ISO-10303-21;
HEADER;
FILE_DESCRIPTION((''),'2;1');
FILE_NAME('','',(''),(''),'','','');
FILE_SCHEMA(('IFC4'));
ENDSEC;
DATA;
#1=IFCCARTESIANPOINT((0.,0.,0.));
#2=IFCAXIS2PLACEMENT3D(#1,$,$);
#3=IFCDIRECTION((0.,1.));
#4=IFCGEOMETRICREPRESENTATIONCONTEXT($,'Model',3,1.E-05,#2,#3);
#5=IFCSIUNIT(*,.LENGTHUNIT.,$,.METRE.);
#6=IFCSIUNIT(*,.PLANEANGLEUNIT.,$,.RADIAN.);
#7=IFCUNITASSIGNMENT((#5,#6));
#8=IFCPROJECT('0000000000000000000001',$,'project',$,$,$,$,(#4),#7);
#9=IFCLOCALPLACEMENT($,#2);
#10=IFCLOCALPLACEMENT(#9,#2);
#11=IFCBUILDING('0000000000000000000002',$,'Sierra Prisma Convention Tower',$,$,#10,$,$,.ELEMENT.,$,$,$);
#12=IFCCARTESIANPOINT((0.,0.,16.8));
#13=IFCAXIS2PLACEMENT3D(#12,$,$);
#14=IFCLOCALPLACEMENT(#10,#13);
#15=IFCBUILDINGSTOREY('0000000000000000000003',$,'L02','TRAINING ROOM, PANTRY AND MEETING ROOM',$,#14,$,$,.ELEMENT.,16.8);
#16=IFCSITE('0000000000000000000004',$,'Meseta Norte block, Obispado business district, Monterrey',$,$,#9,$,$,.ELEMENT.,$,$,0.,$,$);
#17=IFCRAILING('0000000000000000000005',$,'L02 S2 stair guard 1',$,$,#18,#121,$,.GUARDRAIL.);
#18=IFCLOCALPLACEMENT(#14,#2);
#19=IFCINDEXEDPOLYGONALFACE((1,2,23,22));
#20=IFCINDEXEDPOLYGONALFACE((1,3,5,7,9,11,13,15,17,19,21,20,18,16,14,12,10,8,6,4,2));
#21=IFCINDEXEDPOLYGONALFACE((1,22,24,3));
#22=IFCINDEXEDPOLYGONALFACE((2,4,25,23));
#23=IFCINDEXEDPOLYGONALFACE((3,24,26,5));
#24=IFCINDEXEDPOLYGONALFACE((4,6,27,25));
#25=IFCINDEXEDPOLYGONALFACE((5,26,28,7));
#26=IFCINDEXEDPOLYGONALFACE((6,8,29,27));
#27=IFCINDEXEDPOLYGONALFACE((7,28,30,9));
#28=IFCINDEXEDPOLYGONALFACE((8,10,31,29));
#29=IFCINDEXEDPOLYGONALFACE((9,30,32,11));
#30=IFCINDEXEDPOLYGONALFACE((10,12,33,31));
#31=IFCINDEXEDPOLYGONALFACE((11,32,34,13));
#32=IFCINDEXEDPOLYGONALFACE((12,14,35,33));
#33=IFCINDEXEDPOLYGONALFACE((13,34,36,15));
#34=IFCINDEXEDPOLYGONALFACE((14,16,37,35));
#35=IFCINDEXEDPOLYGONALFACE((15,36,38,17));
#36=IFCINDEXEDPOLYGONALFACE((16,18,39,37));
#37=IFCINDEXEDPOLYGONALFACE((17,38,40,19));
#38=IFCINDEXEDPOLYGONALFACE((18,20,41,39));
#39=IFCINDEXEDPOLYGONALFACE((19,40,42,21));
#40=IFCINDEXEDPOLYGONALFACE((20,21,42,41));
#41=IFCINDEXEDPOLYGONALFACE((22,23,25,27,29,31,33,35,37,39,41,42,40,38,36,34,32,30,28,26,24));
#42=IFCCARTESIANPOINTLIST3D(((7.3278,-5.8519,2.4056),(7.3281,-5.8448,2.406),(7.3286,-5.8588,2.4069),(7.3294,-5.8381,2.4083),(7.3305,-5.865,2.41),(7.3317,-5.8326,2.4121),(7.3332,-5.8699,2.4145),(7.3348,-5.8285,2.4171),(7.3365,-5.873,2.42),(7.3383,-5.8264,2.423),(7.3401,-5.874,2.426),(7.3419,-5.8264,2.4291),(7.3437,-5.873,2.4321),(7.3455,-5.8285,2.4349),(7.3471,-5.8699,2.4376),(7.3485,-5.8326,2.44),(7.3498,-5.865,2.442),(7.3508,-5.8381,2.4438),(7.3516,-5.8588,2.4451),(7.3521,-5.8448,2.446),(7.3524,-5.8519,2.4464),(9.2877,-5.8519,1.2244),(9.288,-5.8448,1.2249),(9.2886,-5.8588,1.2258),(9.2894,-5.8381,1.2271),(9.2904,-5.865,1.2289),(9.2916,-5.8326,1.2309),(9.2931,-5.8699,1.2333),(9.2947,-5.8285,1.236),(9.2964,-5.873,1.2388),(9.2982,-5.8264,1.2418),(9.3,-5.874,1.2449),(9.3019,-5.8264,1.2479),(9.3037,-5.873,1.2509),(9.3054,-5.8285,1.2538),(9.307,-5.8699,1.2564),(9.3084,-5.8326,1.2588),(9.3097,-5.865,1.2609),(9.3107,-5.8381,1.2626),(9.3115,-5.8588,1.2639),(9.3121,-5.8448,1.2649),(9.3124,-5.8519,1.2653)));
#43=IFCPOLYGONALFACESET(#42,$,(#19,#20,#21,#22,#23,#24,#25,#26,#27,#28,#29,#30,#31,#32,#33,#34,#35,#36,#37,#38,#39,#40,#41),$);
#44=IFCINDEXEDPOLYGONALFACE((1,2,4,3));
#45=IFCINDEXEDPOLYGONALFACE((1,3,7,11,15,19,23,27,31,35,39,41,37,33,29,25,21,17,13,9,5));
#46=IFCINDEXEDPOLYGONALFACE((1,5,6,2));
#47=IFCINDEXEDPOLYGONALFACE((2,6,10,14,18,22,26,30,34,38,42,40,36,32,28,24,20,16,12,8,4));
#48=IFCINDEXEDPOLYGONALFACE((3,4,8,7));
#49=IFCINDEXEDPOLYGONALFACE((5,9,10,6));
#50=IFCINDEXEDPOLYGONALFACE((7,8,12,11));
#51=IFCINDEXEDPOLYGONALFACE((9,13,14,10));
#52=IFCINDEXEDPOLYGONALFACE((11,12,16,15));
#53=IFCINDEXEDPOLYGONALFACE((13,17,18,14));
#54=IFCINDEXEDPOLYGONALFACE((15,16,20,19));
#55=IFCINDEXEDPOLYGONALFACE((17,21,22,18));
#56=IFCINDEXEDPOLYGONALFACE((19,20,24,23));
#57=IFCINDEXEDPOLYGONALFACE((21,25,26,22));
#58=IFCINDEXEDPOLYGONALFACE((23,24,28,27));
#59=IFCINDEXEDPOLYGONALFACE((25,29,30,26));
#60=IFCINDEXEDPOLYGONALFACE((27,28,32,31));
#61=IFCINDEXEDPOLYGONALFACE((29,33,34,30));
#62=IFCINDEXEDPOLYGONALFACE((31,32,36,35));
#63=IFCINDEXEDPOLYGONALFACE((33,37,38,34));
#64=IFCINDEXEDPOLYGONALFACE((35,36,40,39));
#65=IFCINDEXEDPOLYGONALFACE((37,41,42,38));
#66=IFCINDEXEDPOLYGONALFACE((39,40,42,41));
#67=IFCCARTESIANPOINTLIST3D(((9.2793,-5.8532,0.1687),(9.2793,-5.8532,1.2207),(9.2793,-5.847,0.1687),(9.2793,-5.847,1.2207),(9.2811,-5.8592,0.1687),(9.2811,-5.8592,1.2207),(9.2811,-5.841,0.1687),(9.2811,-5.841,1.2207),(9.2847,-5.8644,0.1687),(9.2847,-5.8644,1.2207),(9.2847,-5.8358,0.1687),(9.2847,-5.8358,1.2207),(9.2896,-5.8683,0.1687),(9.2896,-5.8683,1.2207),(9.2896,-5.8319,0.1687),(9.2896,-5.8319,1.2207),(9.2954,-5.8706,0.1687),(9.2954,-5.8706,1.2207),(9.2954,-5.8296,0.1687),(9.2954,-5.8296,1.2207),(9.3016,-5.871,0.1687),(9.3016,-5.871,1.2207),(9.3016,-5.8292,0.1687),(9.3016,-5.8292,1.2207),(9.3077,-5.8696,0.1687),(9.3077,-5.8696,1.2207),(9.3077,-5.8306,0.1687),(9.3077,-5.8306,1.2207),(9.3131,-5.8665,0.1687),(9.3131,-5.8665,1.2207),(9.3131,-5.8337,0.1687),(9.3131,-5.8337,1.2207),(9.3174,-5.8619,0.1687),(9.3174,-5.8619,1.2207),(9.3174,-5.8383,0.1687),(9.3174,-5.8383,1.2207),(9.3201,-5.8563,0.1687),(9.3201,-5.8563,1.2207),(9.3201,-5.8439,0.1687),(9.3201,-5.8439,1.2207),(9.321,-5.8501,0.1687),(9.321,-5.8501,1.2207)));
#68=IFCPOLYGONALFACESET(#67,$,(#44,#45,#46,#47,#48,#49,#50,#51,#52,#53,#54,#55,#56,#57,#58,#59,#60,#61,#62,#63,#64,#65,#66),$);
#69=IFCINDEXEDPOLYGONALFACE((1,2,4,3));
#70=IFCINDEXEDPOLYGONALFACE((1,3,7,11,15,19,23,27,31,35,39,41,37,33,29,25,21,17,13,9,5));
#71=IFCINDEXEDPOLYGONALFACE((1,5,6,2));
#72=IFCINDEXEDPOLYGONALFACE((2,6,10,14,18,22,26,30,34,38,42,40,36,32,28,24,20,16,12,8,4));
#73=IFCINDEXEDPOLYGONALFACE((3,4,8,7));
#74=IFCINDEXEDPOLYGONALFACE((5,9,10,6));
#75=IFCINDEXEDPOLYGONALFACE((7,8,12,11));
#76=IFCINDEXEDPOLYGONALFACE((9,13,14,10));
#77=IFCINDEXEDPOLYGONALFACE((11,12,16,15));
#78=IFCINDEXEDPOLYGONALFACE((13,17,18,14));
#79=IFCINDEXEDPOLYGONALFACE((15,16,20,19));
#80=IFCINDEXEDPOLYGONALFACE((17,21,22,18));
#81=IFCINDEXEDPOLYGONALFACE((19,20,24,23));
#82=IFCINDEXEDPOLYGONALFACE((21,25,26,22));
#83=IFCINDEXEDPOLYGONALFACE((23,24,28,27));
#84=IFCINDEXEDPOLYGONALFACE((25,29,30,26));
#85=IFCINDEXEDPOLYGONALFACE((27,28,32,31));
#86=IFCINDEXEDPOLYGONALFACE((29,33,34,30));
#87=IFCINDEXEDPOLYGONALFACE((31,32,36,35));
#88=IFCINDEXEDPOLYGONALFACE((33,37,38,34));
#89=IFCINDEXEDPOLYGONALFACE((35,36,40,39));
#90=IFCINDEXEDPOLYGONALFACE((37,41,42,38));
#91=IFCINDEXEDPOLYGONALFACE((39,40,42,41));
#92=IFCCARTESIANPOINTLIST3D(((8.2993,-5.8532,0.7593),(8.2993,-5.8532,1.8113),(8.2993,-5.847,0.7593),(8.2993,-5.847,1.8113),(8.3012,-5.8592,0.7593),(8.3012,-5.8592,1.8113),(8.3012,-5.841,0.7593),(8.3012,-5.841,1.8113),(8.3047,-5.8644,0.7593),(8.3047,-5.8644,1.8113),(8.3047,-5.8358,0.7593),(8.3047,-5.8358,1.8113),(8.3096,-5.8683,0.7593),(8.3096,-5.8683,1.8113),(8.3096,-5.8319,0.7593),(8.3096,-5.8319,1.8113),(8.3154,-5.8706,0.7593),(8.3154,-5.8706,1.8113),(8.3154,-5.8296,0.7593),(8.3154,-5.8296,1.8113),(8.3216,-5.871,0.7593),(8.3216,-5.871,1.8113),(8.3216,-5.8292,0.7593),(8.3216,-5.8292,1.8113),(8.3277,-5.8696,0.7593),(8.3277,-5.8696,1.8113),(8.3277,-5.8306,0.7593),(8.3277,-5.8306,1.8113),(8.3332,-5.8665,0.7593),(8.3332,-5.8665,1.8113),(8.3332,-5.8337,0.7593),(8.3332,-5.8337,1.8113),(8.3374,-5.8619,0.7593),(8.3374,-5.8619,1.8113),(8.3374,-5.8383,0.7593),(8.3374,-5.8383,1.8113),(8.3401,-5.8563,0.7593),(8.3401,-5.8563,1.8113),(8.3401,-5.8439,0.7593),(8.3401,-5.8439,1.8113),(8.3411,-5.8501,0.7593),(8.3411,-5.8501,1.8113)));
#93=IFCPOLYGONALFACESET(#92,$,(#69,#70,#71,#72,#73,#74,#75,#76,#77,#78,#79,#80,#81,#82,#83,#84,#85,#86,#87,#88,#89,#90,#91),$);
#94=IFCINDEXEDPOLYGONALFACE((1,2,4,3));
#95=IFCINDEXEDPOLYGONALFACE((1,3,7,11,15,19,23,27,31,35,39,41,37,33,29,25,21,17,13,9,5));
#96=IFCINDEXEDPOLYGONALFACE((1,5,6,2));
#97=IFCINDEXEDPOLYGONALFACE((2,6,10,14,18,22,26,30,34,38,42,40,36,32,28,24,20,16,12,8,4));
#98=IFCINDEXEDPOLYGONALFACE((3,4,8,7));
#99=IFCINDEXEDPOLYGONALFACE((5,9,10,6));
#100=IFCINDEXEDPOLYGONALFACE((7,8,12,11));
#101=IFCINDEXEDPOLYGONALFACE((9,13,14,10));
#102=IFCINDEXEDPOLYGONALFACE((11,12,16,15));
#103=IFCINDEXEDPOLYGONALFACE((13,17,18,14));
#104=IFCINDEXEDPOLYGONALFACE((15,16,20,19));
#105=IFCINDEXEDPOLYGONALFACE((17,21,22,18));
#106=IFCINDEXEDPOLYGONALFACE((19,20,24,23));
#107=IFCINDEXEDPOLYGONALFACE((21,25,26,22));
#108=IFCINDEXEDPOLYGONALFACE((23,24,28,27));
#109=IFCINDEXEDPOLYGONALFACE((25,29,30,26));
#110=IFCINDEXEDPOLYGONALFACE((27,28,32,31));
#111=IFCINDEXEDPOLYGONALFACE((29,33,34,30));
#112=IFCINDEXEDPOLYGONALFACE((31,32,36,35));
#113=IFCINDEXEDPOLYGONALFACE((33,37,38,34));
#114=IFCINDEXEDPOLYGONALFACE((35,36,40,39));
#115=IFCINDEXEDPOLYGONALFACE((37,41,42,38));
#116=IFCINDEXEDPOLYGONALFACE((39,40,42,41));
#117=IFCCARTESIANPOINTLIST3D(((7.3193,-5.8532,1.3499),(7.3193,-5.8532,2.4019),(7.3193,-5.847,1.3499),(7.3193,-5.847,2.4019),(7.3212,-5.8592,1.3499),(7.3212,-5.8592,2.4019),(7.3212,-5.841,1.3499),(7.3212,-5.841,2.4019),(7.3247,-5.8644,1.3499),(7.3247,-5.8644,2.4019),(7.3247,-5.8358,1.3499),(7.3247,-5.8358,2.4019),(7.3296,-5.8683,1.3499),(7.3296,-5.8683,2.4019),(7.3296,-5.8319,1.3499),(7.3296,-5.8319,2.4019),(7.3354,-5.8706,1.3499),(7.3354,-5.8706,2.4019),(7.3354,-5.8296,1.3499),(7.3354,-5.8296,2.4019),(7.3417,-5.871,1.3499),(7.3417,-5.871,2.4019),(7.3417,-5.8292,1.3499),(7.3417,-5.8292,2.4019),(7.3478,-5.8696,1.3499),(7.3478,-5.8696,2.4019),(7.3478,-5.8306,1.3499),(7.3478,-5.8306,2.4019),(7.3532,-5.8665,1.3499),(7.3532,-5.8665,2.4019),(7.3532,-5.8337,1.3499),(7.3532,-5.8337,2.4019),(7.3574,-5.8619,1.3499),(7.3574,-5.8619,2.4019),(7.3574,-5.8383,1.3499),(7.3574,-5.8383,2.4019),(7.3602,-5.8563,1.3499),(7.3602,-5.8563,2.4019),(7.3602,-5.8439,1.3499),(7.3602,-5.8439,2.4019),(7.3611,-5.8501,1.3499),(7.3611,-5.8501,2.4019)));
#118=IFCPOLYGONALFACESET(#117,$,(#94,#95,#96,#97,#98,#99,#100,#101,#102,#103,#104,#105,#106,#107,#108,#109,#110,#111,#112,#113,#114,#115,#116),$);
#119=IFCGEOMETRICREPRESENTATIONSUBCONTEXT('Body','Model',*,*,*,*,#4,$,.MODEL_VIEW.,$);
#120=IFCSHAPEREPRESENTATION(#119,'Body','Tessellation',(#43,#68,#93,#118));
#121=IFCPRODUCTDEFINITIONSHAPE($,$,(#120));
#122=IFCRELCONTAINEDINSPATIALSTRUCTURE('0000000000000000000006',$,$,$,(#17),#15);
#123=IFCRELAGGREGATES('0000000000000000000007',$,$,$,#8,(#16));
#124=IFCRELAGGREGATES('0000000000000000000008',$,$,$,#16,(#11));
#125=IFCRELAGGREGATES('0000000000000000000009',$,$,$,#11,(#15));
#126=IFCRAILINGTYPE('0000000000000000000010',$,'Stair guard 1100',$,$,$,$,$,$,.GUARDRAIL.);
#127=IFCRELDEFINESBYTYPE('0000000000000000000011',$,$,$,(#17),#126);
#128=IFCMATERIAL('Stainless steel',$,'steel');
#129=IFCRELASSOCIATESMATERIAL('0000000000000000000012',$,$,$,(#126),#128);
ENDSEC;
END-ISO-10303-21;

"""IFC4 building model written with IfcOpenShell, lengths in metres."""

from ifc_helpers import new_model, si_unit, direction, frame, origin, origin_2d, place, context, subcontext, project, spatial, circle, extrude, material, type_object, element, save


model = new_model("IFC4")

# Units and contexts
model_context = context("Model", 3, precision=1e-05, world=origin(), true_north=direction((0.0, 1.0)))
body_context = subcontext(model_context, "Body", "Model", "MODEL_VIEW")
ifc_project = project(units=[si_unit("LENGTHUNIT", "METRE"), si_unit("PLANEANGLEUNIT", "RADIAN")], contexts=[model_context])

# Site, building, storey
site_placement = place(None, origin())
site = spatial("IfcSite", under=ifc_project, at=site_placement, Name="Meseta Norte block, Obispado business district, Monterrey", CompositionType="ELEMENT", RefElevation=0.0)
building_placement = place(site_placement, origin())
building = spatial("IfcBuilding", under=site, at=building_placement, Name="Sierra Prisma Convention Tower", CompositionType="ELEMENT")
storey_placement = place(building_placement, frame((0.0, 0.0, 16.8)))
storey = spatial("IfcBuildingStorey", under=building, at=storey_placement, Name="L02", Description="TRAINING ROOM, PANTRY AND MEETING ROOM", CompositionType="ELEMENT", Elevation=16.8)

# Railing
ifc_material_1 = material(Name="Stainless steel", Category="steel")
railing_type_1 = type_object("IfcRailingType", Name="Stair guard 1100", PredefinedType="GUARDRAIL", material=ifc_material_1)
railing_1_placement = place(storey_placement, frame((9.3, -5.8501, 0.1687)))
element("IfcRailing", 1, at=railing_1_placement, inside=storey, type_object=railing_type_1, Name="L02 S2 stair guard 1", PredefinedType="GUARDRAIL", context=body_context, shape_type="SweptSolid", body=[
    extrude(circle(Radius=0.0239, at=origin_2d()), frame((0.0, 0.0, 1.0762), z_axis=(-0.856493, 0.0, 0.516158), x_axis=(0.0, -1.0, 0.0)), (0.0, 0.0, 1.0), 2.2883),
    extrude(circle(Radius=0.021, at=origin_2d()), origin(), (0.0, 0.0, 1.0), 1.052),
    extrude(circle(Radius=0.021, at=origin_2d()), frame((-0.98, 0.0, 0.5906)), (0.0, 0.0, 1.0), 1.052),
    extrude(circle(Radius=0.021, at=origin_2d()), frame((-1.96, 0.0, 1.1812)), (0.0, 0.0, 1.0), 1.052),
])

save(model, "model.ifc")
